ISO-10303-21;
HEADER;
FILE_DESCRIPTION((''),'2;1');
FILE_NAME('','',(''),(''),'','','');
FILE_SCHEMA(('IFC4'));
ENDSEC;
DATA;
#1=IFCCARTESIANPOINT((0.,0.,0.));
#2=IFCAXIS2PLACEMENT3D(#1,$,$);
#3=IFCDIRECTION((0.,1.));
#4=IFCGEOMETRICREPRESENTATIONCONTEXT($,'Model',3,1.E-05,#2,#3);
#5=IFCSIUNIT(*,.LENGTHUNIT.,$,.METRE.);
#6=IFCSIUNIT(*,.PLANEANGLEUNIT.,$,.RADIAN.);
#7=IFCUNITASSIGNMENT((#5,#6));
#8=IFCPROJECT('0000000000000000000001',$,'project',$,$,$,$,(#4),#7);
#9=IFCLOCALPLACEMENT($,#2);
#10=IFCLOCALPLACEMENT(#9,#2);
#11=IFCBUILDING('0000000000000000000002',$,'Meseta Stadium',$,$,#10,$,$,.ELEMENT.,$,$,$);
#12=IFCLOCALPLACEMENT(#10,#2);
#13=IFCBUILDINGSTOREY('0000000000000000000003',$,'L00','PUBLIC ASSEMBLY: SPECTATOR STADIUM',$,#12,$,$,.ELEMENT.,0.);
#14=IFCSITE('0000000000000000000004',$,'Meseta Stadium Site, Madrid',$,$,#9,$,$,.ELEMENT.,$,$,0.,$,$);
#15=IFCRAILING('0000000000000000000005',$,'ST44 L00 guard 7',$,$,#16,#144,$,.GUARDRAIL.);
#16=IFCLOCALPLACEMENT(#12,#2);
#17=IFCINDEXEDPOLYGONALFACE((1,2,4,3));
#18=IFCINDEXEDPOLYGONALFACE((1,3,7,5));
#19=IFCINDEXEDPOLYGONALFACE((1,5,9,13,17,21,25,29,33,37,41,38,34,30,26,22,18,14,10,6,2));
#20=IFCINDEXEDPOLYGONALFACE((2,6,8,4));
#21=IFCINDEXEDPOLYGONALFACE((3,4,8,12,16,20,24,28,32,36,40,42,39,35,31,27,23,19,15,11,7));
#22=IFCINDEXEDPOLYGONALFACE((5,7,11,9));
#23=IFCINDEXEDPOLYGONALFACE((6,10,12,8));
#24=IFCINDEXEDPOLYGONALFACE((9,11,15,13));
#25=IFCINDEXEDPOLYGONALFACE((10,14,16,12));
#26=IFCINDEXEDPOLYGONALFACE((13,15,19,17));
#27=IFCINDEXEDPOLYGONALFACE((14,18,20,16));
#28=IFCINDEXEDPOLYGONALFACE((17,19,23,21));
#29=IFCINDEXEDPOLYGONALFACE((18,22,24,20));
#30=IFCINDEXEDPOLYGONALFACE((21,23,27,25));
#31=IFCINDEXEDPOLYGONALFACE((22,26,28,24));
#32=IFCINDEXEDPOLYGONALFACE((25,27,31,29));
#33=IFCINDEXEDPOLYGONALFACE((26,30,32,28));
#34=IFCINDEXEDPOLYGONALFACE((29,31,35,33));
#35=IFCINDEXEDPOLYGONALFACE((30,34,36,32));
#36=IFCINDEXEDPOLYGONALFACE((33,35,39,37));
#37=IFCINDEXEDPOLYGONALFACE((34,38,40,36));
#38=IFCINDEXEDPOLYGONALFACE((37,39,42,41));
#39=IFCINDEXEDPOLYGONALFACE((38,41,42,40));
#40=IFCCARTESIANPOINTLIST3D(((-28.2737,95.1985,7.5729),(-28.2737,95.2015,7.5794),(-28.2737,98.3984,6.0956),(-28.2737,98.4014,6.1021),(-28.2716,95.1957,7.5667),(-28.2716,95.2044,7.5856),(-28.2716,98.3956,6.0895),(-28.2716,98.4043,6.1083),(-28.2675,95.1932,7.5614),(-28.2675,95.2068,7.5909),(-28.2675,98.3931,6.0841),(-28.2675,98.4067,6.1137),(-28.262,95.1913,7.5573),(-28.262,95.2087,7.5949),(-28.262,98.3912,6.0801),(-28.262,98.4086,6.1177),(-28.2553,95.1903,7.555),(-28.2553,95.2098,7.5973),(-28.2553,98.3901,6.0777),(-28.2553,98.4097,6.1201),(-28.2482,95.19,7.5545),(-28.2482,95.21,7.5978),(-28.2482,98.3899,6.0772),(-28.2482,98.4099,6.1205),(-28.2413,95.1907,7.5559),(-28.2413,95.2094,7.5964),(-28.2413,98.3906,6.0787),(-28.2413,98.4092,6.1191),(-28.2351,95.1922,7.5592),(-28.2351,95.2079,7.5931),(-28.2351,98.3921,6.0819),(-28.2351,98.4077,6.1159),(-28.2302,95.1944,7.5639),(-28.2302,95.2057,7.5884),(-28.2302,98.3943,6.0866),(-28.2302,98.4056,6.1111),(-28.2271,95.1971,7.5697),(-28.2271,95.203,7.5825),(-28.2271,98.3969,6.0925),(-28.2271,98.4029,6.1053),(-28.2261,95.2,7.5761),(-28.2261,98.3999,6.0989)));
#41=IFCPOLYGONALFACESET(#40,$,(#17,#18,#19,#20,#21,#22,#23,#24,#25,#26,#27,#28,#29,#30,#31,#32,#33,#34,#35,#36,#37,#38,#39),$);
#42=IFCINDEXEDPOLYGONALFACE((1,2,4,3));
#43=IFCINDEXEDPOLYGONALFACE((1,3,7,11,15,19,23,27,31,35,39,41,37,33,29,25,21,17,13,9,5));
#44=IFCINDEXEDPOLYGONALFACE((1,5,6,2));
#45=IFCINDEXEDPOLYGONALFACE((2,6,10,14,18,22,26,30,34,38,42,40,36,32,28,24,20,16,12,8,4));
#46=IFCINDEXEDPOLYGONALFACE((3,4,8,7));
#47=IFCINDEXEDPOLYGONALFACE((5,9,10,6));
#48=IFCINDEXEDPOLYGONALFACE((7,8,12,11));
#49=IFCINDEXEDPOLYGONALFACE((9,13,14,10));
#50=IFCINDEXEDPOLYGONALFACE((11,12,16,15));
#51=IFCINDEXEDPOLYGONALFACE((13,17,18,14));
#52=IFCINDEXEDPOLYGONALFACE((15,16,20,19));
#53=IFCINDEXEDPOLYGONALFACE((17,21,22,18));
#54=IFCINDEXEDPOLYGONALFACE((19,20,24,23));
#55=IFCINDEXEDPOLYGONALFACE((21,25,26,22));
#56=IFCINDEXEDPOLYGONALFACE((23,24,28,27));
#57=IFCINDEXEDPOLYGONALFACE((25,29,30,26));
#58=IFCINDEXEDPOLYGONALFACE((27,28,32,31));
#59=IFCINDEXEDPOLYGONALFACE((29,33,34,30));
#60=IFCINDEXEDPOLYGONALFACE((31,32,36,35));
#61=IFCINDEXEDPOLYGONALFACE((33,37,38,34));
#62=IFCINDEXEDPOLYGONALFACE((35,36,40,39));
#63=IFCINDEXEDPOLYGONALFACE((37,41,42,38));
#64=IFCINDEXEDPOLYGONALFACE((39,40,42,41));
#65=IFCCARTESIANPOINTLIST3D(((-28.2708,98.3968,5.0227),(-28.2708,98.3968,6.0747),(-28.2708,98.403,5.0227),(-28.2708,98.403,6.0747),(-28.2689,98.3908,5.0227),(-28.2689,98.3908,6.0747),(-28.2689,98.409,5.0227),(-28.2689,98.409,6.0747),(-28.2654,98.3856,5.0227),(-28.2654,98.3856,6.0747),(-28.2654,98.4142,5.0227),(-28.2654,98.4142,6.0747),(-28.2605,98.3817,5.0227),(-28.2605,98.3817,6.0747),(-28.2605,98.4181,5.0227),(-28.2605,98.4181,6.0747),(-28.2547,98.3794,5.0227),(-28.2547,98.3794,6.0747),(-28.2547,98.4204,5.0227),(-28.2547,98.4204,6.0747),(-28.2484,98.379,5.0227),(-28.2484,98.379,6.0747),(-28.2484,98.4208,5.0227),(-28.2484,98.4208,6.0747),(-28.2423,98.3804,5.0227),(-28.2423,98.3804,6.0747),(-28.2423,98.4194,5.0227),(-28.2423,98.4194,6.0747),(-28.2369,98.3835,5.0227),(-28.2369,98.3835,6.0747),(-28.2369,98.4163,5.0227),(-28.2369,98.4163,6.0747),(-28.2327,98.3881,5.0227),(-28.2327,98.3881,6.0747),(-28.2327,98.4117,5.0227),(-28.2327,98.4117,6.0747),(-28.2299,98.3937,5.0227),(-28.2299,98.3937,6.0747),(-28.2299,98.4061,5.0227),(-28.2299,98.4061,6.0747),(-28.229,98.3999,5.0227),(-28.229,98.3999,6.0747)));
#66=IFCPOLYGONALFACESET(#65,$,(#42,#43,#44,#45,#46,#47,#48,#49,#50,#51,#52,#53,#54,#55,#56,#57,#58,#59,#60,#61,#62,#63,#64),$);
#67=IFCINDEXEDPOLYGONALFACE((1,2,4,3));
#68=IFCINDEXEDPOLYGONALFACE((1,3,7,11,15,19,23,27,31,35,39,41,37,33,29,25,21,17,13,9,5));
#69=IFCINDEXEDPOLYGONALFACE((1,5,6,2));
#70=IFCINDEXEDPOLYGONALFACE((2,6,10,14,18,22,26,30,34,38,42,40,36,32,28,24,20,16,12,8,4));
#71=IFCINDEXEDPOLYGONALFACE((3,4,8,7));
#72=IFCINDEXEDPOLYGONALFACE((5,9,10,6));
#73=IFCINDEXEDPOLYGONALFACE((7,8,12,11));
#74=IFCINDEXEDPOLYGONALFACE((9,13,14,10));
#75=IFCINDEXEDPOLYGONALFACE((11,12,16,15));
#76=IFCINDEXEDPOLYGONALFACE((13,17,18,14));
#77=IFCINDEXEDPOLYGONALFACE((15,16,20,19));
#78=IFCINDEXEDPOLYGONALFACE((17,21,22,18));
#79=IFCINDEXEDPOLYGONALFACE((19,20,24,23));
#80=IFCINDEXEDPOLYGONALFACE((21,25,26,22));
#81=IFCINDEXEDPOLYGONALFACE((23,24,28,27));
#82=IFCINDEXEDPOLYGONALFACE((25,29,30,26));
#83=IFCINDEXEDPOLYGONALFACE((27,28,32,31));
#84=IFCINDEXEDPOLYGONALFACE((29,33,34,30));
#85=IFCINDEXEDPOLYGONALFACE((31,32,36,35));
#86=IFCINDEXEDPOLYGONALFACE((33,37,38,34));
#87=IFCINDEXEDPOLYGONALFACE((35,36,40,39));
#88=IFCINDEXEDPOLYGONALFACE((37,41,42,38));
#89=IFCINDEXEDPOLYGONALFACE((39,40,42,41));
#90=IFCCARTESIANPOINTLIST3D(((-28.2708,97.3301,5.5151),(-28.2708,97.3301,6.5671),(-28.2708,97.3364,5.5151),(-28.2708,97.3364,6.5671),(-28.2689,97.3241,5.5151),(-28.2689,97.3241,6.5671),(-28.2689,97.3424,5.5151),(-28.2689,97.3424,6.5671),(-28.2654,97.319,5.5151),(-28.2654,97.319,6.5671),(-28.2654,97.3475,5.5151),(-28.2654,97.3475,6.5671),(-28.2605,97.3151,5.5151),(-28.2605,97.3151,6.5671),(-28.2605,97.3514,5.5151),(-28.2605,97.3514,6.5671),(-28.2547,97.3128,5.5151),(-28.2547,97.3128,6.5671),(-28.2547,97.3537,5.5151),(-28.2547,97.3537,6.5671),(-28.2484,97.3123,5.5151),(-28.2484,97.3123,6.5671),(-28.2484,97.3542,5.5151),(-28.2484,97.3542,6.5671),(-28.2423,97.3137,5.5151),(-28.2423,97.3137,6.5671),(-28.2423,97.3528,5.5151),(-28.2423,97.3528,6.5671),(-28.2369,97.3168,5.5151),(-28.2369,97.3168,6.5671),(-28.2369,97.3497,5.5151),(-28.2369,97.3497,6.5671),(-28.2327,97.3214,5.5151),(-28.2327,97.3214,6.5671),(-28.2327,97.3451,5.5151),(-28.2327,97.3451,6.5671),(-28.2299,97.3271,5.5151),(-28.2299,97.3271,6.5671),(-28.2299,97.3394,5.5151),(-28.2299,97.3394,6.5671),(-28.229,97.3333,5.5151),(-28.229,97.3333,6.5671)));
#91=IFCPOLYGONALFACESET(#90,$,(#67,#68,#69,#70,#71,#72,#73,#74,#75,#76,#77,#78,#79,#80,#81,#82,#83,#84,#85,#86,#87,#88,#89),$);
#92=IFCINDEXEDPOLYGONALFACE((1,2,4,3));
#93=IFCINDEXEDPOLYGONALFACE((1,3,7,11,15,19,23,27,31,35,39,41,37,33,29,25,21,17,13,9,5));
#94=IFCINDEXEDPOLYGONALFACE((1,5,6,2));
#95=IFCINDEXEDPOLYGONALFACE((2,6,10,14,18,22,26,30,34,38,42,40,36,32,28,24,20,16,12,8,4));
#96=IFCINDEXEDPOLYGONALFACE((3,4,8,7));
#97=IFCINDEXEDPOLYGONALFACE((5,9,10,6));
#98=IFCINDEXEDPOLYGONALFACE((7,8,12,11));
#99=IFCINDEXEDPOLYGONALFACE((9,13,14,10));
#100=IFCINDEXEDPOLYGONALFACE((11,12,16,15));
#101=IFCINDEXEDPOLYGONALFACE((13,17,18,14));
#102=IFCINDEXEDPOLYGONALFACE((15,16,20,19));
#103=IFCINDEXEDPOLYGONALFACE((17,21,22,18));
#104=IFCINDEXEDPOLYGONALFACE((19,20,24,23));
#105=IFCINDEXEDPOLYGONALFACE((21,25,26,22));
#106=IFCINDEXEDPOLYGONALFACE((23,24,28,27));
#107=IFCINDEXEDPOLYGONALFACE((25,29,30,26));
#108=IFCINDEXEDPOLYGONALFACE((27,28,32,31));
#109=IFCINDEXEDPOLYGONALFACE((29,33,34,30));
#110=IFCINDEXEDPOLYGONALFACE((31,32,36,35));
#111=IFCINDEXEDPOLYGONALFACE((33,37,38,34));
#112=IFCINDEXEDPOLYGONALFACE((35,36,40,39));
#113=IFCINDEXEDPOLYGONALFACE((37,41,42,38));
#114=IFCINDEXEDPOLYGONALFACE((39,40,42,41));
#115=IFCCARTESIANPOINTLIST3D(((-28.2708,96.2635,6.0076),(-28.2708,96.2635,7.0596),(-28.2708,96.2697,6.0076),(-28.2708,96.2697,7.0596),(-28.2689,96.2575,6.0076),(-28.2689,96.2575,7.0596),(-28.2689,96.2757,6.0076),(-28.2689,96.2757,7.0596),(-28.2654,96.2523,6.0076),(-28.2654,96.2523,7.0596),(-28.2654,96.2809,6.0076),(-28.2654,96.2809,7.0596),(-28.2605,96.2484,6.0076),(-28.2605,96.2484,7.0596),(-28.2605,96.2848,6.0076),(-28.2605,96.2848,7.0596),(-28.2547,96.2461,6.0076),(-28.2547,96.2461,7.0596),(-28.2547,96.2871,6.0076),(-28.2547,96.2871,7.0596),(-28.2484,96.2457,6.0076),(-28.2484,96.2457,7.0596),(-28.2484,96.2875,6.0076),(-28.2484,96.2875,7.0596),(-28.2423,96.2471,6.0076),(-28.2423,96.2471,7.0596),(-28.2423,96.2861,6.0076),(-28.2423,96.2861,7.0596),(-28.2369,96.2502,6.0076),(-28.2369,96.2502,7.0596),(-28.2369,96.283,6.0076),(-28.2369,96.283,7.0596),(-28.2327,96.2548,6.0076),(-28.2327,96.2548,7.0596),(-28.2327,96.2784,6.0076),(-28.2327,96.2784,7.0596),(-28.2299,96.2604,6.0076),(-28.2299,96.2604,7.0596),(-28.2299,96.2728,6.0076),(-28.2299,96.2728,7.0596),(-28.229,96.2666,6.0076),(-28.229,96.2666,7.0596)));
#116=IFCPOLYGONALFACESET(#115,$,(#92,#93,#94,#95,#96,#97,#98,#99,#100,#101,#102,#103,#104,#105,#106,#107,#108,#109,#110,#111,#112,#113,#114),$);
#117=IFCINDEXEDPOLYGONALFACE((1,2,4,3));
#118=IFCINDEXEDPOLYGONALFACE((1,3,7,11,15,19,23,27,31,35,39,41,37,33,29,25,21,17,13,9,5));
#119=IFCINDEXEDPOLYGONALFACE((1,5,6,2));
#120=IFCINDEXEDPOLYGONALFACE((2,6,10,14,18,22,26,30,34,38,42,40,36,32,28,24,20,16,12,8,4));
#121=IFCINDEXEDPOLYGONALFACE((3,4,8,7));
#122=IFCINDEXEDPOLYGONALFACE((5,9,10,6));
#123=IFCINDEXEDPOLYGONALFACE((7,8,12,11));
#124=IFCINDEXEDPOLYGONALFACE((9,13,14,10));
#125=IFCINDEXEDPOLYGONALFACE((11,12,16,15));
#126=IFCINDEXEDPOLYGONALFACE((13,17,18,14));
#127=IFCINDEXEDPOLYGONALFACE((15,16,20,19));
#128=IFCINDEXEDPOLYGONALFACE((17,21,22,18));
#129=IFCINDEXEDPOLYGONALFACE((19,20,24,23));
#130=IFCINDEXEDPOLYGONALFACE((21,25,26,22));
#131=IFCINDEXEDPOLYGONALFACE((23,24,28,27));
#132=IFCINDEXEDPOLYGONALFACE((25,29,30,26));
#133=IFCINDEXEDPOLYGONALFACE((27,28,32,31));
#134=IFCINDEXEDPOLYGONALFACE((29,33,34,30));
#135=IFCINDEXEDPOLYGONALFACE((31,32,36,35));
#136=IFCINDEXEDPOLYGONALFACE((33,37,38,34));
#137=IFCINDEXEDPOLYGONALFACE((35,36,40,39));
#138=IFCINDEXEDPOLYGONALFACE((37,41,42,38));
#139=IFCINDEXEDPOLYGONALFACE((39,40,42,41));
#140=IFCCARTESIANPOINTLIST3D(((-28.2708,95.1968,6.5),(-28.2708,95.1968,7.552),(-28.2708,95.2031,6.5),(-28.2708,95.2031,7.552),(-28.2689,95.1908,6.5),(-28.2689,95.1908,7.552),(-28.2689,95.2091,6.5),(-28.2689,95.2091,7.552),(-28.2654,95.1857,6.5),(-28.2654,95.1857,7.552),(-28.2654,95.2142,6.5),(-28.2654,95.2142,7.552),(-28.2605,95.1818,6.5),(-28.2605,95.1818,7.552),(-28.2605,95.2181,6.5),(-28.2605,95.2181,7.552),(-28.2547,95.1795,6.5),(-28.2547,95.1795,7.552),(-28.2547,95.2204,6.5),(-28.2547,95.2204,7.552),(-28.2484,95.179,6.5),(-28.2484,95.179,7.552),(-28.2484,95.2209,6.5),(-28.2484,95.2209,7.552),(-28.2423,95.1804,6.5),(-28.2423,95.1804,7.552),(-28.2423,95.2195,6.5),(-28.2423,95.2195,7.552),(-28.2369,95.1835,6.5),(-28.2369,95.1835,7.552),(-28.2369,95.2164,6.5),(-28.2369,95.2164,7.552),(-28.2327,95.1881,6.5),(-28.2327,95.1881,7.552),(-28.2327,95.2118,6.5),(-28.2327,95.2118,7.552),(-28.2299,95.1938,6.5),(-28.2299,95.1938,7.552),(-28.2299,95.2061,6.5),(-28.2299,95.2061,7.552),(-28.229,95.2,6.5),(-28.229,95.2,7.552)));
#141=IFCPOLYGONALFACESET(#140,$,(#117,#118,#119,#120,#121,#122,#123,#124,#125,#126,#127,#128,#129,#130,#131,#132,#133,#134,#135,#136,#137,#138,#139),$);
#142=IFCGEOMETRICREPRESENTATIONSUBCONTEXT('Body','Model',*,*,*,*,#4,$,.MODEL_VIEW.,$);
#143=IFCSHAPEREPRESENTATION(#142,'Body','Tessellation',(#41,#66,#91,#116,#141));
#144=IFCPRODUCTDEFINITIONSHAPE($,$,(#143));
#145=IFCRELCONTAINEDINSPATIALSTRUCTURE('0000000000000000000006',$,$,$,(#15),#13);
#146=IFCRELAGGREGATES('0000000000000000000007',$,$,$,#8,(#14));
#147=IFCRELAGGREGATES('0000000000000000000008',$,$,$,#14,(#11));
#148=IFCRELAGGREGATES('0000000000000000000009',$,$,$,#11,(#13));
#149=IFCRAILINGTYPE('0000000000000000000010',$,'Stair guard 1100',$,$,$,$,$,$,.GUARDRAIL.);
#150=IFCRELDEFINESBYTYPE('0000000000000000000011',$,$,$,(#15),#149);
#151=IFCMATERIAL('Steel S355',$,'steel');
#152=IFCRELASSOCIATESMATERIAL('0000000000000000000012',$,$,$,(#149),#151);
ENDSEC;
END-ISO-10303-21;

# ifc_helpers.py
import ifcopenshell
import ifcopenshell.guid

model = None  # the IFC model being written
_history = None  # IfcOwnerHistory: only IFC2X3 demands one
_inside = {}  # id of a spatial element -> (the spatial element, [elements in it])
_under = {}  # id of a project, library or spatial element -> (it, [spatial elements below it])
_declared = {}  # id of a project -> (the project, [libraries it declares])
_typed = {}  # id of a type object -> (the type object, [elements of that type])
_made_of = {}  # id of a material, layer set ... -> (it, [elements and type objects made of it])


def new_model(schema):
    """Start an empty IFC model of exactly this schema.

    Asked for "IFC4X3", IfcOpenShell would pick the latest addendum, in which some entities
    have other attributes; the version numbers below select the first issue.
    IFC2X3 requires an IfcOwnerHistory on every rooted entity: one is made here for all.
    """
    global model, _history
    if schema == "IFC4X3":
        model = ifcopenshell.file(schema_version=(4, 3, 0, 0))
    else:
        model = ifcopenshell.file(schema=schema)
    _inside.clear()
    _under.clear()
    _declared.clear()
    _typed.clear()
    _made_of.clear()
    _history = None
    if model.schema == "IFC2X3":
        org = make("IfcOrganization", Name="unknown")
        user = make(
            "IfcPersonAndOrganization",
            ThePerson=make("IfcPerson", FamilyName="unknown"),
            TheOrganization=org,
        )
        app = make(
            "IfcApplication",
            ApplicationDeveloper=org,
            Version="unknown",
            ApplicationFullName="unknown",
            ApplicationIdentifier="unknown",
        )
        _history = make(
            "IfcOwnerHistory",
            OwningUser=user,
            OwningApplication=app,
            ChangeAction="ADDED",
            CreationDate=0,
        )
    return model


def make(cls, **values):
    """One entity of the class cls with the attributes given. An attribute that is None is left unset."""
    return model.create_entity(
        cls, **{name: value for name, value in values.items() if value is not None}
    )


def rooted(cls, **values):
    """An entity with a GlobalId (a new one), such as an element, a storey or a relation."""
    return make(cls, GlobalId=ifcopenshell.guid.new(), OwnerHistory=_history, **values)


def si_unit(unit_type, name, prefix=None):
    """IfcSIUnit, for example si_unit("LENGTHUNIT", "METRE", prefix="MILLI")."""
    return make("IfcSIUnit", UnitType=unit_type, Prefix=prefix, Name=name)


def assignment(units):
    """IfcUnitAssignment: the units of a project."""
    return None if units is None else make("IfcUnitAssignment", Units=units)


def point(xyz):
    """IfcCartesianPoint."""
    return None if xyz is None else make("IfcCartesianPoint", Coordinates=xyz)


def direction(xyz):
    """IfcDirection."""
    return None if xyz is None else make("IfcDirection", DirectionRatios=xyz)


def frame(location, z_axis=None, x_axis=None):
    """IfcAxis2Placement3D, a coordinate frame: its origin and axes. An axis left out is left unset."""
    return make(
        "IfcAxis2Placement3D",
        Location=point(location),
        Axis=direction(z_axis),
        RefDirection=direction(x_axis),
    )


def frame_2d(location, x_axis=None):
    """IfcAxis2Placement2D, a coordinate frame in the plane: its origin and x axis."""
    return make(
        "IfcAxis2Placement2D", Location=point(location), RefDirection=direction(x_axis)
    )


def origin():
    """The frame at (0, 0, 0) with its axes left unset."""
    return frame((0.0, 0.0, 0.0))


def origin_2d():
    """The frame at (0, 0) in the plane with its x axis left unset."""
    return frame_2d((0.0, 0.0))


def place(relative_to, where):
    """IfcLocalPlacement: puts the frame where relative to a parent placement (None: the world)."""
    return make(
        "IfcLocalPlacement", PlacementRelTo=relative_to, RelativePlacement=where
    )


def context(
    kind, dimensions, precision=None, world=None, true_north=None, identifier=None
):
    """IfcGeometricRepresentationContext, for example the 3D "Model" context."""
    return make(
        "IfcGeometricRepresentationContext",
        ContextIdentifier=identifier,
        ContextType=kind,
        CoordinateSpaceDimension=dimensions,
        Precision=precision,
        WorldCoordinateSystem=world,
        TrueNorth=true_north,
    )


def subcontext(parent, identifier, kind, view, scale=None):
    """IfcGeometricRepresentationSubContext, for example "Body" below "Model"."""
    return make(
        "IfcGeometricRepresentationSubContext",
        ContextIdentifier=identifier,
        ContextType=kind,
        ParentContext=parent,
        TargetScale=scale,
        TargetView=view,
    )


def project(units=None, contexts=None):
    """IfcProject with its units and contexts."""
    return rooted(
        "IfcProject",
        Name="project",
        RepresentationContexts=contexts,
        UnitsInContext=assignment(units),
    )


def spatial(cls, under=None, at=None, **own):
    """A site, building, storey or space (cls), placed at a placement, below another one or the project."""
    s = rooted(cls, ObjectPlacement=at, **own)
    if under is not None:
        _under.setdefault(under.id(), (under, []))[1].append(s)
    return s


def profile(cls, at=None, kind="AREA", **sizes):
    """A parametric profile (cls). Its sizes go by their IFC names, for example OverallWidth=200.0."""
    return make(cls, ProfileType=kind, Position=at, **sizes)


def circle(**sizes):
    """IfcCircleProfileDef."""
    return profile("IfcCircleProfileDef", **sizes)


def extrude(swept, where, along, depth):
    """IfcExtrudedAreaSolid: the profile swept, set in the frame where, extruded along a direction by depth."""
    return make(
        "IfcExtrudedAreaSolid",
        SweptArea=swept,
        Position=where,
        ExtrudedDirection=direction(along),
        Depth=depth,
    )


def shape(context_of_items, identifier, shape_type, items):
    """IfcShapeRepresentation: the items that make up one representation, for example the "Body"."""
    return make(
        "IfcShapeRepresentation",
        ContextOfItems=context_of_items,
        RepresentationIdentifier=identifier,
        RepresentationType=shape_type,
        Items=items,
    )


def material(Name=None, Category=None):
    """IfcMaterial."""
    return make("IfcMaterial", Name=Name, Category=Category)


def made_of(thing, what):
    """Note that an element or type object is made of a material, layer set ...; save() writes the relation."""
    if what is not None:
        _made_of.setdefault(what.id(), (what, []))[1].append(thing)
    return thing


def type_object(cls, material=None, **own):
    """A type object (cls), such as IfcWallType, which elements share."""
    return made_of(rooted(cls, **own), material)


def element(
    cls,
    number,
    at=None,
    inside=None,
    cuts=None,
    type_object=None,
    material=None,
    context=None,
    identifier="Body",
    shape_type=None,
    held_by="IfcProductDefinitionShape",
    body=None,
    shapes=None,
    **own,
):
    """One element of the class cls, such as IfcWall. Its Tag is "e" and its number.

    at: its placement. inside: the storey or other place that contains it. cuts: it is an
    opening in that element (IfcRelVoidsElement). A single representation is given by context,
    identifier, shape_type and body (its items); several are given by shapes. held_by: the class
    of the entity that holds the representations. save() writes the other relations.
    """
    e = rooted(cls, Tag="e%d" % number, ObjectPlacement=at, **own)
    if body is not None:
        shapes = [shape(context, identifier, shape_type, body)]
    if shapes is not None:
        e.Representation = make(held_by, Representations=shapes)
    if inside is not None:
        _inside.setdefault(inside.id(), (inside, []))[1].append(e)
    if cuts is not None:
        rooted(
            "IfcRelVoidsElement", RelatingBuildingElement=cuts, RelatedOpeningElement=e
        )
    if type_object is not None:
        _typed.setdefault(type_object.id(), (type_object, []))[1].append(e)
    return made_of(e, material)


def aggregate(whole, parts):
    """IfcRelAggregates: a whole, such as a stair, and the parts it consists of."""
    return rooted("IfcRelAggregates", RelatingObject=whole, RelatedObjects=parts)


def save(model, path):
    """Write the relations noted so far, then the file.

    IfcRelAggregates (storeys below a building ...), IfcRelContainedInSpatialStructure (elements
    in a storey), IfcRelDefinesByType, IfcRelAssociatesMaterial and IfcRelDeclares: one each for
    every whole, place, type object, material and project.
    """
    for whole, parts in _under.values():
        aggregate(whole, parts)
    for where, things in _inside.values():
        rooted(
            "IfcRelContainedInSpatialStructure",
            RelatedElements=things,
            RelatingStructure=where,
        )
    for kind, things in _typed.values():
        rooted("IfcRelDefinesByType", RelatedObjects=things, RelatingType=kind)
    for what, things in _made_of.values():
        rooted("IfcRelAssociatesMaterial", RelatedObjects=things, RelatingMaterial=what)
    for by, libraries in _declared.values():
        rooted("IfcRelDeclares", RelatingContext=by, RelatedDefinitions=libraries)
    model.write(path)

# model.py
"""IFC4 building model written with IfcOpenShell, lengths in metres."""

from ifc_helpers import new_model, si_unit, direction, frame, origin, origin_2d, place, context, subcontext, project, spatial, circle, extrude, material, type_object, element, save


model = new_model("IFC4")

# Units and contexts
model_context = context("Model", 3, precision=1e-05, world=origin(), true_north=direction((0.0, 1.0)))
body_context = subcontext(model_context, "Body", "Model", "MODEL_VIEW")
ifc_project = project(units=[si_unit("LENGTHUNIT", "METRE"), si_unit("PLANEANGLEUNIT", "RADIAN")], contexts=[model_context])

# Site, building, storey
site_placement = place(None, origin())
site = spatial("IfcSite", under=ifc_project, at=site_placement, Name="Meseta Stadium Site, Madrid", CompositionType="ELEMENT", RefElevation=0.0)
building_placement = place(site_placement, origin())
building = spatial("IfcBuilding", under=site, at=building_placement, Name="Meseta Stadium", CompositionType="ELEMENT")
storey_placement = place(building_placement, origin())
storey = spatial("IfcBuildingStorey", under=building, at=storey_placement, Name="L00", Description="PUBLIC ASSEMBLY: SPECTATOR STADIUM", CompositionType="ELEMENT", Elevation=0.0)

# Railing
ifc_material_1 = material(Name="Steel S355", Category="steel")
railing_type_1 = type_object("IfcRailingType", Name="Stair guard 1100", PredefinedType="GUARDRAIL", material=ifc_material_1)
railing_1_placement = place(storey_placement, frame((-28.25, 98.3999, 5.0227)))
element("IfcRailing", 1, at=railing_1_placement, inside=storey, type_object=railing_type_1, Name="ST44 L00 guard 7", PredefinedType="GUARDRAIL", context=body_context, shape_type="SweptSolid", body=[
    extrude(circle(Radius=0.0239, at=origin_2d()), frame((0.0, 0.0, 1.0762), z_axis=(0.0, -0.907917, 0.41915), x_axis=(1.0, 0.0, 0.0)), (0.0, 0.0, 1.0), 3.5244),
    extrude(circle(Radius=0.021, at=origin_2d()), origin(), (0.0, 0.0, 1.0), 1.052),
    extrude(circle(Radius=0.021, at=origin_2d()), frame((0.0, -1.0667, 0.4924)), (0.0, 0.0, 1.0), 1.052),
    extrude(circle(Radius=0.021, at=origin_2d()), frame((0.0, -2.1333, 0.9849)), (0.0, 0.0, 1.0), 1.052),
    extrude(circle(Radius=0.021, at=origin_2d()), frame((0.0, -3.2, 1.4773)), (0.0, 0.0, 1.0), 1.052),
])

save(model, "model.ifc")
